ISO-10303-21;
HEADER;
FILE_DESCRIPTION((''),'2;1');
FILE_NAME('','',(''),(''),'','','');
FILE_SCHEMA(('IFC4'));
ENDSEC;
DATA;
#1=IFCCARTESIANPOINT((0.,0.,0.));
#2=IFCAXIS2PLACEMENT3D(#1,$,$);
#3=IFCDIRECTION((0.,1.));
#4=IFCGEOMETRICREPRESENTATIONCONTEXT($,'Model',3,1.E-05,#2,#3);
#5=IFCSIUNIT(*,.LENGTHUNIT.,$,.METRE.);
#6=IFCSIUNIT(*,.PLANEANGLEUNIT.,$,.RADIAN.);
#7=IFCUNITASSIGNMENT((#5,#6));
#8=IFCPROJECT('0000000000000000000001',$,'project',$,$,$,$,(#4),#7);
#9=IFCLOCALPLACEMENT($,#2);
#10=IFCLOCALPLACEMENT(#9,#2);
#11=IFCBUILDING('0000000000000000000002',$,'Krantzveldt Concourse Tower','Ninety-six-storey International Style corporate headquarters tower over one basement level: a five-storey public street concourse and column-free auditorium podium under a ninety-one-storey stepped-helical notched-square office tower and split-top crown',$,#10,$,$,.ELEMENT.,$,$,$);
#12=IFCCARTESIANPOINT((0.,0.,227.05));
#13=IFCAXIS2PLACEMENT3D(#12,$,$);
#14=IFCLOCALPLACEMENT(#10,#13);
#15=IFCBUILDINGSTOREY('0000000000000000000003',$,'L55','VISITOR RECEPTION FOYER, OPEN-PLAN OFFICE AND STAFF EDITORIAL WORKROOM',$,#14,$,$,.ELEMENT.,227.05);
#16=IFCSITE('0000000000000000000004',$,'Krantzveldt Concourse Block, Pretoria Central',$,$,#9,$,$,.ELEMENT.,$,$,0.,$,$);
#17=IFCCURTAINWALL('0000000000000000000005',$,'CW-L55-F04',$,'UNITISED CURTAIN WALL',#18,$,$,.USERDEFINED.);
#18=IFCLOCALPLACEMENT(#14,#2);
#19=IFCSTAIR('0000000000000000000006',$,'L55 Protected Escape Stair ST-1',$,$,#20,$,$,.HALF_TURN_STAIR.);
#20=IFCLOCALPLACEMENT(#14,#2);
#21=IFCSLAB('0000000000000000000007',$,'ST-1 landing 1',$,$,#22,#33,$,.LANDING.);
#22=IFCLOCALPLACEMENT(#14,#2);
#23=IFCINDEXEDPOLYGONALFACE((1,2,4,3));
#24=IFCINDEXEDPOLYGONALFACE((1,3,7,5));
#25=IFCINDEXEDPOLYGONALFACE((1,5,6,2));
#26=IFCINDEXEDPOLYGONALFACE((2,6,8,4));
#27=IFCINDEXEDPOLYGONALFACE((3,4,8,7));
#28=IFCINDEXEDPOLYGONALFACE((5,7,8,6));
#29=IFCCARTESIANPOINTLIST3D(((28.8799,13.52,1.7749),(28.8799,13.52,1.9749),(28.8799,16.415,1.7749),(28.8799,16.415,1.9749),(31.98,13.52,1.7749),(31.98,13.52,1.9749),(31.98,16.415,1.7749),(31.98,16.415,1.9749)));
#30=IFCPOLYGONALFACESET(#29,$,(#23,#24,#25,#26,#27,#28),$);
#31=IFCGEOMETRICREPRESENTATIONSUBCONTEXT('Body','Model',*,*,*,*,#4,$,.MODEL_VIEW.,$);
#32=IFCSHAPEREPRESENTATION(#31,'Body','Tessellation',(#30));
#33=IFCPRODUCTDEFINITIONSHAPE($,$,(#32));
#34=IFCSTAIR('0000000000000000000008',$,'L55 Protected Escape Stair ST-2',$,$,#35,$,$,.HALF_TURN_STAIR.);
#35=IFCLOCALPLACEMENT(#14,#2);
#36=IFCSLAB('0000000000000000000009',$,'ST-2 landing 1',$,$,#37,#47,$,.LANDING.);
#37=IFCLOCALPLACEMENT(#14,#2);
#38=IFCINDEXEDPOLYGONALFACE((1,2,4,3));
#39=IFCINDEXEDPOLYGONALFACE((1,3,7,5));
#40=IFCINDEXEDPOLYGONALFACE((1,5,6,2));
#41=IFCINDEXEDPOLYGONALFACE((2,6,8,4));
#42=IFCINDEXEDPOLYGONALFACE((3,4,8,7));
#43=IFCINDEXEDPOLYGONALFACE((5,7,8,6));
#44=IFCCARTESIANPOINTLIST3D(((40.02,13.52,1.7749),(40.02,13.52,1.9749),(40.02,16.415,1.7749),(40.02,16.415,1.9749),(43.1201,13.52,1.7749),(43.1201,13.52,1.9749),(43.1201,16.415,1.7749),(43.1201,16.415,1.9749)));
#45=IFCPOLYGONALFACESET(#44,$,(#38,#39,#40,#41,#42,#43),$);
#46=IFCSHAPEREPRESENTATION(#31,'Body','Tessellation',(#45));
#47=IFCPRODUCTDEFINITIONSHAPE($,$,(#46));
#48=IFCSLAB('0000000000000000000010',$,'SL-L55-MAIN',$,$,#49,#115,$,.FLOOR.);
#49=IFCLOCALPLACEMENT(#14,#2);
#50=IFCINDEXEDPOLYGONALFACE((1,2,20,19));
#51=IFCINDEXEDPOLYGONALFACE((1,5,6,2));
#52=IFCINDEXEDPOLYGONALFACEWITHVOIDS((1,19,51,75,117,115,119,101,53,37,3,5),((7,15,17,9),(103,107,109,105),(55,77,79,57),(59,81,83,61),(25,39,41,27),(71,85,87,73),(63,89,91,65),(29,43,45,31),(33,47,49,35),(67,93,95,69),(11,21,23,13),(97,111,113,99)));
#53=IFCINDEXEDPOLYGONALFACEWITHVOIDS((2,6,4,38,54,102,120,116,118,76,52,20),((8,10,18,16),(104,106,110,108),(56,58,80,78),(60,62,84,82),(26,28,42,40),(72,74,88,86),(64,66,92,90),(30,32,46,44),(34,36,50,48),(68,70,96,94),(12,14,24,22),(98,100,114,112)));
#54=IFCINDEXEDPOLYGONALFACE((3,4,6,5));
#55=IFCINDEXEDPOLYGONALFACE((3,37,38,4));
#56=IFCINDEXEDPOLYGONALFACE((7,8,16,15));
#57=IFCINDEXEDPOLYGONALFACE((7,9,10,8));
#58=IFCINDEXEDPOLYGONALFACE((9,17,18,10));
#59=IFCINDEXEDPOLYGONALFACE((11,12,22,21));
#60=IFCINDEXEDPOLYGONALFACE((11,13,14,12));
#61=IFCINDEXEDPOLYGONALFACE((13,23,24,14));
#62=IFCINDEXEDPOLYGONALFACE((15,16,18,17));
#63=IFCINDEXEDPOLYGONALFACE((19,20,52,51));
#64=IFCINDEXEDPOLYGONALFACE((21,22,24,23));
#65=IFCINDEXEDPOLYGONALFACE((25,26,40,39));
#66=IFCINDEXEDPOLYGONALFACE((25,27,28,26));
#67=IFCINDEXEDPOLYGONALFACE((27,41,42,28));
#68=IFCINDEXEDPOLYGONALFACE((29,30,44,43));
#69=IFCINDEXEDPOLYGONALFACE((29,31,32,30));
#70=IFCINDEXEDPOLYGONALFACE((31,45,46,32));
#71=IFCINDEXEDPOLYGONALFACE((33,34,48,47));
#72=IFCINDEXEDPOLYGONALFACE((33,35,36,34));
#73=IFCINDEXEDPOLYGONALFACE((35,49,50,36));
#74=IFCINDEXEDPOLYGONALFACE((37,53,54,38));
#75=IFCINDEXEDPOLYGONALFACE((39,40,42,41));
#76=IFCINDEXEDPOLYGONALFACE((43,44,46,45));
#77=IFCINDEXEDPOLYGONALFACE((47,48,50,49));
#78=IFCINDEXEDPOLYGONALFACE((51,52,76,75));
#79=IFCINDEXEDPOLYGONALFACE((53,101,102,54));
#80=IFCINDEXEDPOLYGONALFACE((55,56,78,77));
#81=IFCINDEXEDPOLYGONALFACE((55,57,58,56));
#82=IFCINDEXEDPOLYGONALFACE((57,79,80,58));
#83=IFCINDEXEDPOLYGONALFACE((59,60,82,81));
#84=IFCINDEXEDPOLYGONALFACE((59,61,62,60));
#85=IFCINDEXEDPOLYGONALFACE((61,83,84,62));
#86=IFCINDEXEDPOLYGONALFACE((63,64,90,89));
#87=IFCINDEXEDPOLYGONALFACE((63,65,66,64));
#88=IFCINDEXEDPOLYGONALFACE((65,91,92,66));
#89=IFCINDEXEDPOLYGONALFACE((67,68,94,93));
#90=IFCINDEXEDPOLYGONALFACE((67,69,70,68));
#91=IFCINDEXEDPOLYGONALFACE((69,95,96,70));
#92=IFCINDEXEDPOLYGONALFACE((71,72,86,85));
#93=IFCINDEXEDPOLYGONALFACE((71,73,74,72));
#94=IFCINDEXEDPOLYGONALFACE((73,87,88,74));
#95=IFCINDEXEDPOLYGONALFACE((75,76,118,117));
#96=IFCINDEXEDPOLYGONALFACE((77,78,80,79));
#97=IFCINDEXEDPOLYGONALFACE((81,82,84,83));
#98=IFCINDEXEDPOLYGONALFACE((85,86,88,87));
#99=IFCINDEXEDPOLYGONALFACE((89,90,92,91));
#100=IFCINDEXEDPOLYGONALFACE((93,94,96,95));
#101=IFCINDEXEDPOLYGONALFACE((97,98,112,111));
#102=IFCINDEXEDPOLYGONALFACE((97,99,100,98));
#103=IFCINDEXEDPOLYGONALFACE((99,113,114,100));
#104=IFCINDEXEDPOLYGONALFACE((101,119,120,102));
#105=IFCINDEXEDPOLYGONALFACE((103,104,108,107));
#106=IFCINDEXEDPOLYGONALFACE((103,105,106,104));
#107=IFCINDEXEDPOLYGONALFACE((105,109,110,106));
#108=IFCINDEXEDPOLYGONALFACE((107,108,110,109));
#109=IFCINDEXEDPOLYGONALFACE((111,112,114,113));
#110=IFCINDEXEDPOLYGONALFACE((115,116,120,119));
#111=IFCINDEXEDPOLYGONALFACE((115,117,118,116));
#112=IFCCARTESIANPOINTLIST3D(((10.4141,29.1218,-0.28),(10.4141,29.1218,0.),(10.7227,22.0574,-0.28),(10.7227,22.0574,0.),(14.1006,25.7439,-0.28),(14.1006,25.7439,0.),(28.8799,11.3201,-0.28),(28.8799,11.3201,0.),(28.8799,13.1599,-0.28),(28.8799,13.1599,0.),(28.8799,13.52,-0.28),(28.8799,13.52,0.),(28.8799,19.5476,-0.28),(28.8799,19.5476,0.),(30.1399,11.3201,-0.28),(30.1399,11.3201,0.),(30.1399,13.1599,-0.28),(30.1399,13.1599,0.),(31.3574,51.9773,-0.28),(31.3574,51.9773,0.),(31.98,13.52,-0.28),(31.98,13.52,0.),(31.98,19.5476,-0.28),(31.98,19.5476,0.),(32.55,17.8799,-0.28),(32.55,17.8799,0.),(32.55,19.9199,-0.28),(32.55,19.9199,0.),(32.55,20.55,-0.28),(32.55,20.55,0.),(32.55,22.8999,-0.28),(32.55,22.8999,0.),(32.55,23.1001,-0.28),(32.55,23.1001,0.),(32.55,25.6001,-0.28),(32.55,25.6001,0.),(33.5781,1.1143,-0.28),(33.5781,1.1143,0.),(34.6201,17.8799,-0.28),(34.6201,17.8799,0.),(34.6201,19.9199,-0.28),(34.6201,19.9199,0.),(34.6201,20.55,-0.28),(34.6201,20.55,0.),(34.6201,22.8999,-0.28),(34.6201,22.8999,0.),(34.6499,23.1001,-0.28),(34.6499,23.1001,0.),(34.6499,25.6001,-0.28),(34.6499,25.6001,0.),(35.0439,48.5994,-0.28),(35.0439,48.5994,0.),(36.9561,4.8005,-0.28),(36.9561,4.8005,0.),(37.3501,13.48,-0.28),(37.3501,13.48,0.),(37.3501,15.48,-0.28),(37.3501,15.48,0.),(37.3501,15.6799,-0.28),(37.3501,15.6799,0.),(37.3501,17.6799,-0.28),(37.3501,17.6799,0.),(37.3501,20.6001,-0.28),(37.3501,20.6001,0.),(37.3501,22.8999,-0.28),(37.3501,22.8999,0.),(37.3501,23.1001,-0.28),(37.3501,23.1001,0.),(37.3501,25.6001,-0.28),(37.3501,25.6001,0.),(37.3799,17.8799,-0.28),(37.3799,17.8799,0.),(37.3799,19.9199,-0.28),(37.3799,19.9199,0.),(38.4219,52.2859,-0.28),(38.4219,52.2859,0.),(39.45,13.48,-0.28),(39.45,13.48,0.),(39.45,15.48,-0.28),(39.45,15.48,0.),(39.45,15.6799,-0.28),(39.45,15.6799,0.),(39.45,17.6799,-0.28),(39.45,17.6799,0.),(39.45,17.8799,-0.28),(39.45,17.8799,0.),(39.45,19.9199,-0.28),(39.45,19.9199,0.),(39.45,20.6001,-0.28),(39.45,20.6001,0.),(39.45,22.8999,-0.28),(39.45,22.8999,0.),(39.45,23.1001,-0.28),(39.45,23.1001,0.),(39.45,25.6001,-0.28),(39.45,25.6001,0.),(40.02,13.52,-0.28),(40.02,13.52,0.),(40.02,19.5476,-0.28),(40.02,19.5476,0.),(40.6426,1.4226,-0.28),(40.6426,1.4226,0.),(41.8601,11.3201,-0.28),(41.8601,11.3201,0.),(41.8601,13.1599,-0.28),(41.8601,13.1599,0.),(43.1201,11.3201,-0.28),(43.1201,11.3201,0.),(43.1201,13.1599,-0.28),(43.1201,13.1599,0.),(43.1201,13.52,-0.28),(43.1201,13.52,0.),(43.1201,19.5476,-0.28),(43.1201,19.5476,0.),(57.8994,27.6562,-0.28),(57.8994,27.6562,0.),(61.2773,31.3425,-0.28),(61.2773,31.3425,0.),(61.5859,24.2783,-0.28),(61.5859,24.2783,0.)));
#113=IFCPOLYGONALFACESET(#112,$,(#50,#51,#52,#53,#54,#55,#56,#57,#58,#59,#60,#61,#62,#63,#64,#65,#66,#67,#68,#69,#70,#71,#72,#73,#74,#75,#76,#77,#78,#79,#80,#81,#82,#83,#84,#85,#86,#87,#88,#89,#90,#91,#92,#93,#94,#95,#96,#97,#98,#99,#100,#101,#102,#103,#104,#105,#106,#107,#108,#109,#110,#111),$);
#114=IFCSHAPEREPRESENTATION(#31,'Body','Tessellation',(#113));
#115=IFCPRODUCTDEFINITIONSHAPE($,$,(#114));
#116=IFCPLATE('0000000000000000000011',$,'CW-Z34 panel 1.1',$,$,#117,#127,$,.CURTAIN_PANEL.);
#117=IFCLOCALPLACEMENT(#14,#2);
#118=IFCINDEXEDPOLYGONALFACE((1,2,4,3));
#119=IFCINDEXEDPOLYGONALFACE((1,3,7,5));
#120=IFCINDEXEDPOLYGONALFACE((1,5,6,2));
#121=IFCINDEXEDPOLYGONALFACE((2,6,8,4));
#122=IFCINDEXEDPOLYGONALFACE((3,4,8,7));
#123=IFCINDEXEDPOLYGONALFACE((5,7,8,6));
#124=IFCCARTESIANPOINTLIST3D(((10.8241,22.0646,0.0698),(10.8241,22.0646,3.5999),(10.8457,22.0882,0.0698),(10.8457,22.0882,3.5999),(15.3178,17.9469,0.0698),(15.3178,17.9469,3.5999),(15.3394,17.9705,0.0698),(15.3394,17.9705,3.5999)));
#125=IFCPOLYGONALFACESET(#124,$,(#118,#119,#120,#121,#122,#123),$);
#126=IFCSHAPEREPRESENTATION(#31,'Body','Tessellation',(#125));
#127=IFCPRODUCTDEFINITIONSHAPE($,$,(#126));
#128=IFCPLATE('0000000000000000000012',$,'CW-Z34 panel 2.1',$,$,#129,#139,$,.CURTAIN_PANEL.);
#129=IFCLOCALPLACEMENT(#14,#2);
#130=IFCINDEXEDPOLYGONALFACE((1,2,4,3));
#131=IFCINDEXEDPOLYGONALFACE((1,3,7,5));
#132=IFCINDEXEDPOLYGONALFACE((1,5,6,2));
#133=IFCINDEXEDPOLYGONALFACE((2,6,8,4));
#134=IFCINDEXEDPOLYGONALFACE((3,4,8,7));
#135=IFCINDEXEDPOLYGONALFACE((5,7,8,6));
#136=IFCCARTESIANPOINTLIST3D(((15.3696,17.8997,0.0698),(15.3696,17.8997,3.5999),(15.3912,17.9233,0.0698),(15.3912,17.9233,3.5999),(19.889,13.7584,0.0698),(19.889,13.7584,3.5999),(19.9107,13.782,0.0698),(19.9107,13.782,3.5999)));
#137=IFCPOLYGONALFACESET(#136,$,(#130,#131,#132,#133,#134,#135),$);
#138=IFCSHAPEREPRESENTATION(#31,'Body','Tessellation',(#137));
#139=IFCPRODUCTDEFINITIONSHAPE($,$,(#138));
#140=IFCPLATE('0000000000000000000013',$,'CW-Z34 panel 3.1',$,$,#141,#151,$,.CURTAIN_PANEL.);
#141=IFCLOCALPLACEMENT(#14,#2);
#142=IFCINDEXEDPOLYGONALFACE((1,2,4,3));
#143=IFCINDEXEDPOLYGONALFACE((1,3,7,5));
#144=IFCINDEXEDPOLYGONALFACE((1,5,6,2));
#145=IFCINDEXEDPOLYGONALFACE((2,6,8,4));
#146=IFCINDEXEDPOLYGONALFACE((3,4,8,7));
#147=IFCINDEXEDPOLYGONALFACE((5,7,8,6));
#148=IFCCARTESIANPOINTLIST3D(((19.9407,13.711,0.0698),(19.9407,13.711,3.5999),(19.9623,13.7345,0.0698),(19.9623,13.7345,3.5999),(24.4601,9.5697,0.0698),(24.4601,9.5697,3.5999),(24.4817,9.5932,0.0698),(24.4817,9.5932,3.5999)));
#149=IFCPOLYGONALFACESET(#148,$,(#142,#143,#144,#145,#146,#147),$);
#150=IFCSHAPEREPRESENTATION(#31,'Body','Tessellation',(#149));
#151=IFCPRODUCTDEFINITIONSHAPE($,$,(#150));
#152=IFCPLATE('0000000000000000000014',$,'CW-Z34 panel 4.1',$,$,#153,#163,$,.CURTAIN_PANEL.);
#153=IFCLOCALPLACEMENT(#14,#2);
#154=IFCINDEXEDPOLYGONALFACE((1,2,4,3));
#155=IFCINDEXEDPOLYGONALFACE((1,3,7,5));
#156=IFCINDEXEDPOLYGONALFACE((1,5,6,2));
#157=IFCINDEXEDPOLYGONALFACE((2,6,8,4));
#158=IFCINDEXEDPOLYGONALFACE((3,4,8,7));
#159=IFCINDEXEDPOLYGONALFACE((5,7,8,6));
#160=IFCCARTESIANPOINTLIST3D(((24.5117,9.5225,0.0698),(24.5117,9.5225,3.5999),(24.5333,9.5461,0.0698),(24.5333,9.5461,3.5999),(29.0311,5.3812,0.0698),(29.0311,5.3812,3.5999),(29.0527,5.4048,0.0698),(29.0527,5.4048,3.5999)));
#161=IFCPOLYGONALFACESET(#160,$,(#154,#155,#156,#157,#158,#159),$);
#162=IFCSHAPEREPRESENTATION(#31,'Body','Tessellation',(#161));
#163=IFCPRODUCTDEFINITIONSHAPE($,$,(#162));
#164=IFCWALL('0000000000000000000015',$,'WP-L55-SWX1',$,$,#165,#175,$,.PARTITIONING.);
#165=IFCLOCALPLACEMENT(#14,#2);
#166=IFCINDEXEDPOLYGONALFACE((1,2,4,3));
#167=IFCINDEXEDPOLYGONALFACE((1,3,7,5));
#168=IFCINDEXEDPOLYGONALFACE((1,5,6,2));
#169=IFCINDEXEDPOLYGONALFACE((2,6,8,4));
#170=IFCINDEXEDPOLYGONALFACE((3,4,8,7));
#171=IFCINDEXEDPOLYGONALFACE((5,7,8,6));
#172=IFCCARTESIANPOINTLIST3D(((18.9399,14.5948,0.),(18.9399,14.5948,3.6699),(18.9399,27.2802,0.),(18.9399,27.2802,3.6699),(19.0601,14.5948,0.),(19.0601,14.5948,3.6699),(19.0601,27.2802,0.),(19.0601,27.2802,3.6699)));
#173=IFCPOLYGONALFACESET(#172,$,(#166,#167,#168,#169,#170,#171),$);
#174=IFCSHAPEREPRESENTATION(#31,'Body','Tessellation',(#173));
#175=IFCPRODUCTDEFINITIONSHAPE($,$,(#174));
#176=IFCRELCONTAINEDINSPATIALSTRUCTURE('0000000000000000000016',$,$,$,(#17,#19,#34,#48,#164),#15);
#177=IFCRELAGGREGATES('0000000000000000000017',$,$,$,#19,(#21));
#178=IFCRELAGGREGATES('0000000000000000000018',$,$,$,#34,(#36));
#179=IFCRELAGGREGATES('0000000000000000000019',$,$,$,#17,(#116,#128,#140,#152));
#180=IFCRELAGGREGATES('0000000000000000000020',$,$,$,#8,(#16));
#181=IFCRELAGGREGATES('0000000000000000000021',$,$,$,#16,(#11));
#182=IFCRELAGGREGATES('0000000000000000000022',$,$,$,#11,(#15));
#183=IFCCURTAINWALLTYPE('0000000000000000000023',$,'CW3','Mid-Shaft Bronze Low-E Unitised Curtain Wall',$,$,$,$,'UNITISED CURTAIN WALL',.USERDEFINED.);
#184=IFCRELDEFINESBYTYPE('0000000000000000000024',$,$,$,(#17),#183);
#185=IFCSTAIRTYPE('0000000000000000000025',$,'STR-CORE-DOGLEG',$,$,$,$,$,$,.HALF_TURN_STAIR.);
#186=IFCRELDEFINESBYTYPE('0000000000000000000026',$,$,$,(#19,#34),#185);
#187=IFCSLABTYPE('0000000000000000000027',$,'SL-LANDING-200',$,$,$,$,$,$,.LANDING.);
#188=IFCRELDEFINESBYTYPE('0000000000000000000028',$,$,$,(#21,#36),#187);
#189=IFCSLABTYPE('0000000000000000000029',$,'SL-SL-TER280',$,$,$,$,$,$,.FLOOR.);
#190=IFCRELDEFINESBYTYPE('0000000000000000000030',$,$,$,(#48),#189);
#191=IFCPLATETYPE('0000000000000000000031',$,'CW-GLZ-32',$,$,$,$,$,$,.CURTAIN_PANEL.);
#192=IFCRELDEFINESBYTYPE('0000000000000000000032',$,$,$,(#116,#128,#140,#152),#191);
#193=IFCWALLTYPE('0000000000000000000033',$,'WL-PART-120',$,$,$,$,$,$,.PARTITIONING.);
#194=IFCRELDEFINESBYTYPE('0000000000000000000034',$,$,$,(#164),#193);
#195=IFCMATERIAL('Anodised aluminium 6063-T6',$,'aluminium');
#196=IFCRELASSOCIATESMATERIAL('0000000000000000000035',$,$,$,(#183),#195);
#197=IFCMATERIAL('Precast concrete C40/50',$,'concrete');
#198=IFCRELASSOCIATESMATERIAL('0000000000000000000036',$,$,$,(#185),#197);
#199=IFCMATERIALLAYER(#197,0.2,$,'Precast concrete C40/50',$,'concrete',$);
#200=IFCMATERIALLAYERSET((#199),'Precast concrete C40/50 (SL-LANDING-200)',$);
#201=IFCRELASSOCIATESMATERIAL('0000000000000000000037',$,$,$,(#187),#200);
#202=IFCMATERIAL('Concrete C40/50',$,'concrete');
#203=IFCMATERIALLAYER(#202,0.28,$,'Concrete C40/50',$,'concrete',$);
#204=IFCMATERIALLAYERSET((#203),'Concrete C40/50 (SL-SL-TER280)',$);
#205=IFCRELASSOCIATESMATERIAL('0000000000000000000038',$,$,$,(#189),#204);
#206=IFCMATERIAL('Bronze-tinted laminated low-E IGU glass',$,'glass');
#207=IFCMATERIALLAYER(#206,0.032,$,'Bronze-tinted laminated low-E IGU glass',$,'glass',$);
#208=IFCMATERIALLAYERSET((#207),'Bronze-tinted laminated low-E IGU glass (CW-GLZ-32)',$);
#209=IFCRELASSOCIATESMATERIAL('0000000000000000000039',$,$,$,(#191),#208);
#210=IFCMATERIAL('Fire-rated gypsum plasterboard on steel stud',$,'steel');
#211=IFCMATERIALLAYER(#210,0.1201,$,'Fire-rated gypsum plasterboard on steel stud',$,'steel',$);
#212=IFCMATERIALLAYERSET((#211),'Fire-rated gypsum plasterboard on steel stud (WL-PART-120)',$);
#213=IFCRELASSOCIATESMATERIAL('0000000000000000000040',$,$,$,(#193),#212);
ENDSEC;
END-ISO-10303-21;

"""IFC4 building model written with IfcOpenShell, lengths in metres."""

from ifc_helpers import new_model, si_unit, direction, frame, frame_2d, origin, origin_2d, place, context, subcontext, project, spatial, polyline, rectangle, outline, extrude, source, transform, mapped, material, layer, layer_set, type_object, type_shapes, element, aggregate, save


model = new_model("IFC4")

# Units and contexts
model_context = context("Model", 3, precision=1e-05, world=origin(), true_north=direction((0.0, 1.0)))
body_context = subcontext(model_context, "Body", "Model", "MODEL_VIEW")
ifc_project = project(units=[si_unit("LENGTHUNIT", "METRE"), si_unit("PLANEANGLEUNIT", "RADIAN")], contexts=[model_context])

# Site, building, storey
site_placement = place(None, origin())
site = spatial("IfcSite", under=ifc_project, at=site_placement, Name="Krantzveldt Concourse Block, Pretoria Central", CompositionType="ELEMENT", RefElevation=0.0)
building_placement = place(site_placement, origin())
building = spatial("IfcBuilding", under=site, at=building_placement, Name="Krantzveldt Concourse Tower", Description="Ninety-six-storey International Style corporate headquarters tower over one basement level: a five-storey public street concourse and column-free auditorium podium under a ninety-one-storey stepped-helical notched-square office tower and split-top crown", CompositionType="ELEMENT")
storey_placement = place(building_placement, frame((0.0, 0.0, 227.05)))
storey = spatial("IfcBuildingStorey", under=building, at=storey_placement, Name="L55", Description="VISITOR RECEPTION FOYER, OPEN-PLAN OFFICE AND STAFF EDITORIAL WORKROOM", CompositionType="ELEMENT", Elevation=227.05)

# Curtain wall
ifc_material_1 = material(Name="Anodised aluminium 6063-T6", Category="aluminium")
curtain_wall_type = type_object("IfcCurtainWallType", Name="CW3", Description="Mid-Shaft Bronze Low-E Unitised Curtain Wall", ElementType="UNITISED CURTAIN WALL", PredefinedType="USERDEFINED", material=ifc_material_1)
curtain_wall_placement = place(storey_placement, origin())
curtain_wall = element("IfcCurtainWall", 1, at=curtain_wall_placement, inside=storey, type_object=curtain_wall_type, Name="CW-L55-F04", ObjectType="UNITISED CURTAIN WALL", PredefinedType="USERDEFINED")

# Stairs, slabs
ifc_material_2 = material(Name="Precast concrete C40/50", Category="concrete")
stair_type = type_object("IfcStairType", Name="STR-CORE-DOGLEG", PredefinedType="HALF_TURN_STAIR", material=ifc_material_2)
stair_1_placement = place(storey_placement, origin())
stair_1 = element("IfcStair", 2, at=stair_1_placement, inside=storey, type_object=stair_type, Name="L55 Protected Escape Stair ST-1", PredefinedType="HALF_TURN_STAIR")
ifc_layer_1 = layer(ifc_material_2, 0.2, Name="Precast concrete C40/50", Category="concrete")
ifc_layer_set_1 = layer_set([ifc_layer_1], Name="Precast concrete C40/50 (SL-LANDING-200)")
slab_type_1 = type_object("IfcSlabType", Name="SL-LANDING-200", PredefinedType="LANDING", material=ifc_layer_set_1)
slab_1_placement = place(storey_placement, frame((0.0, 0.0, 1.7749)))
slab_1 = element("IfcSlab", 3, at=slab_1_placement, type_object=slab_type_1, Name="ST-1 landing 1", PredefinedType="LANDING", context=body_context, shape_type="SweptSolid", body=[
    extrude(outline(polyline([(28.8799, 16.415), (28.8799, 13.52), (31.98, 13.52), (31.98, 16.415), (28.8799, 16.415)])), origin(), (0.0, 0.0, 1.0), 0.2),
])
aggregate(stair_1, [slab_1])
stair_2_placement = place(storey_placement, origin())
stair_2 = element("IfcStair", 4, at=stair_2_placement, inside=storey, type_object=stair_type, Name="L55 Protected Escape Stair ST-2", PredefinedType="HALF_TURN_STAIR")
slab_2_placement = place(storey_placement, frame((0.0, 0.0, 1.7749)))
slab_2 = element("IfcSlab", 5, at=slab_2_placement, type_object=slab_type_1, Name="ST-2 landing 1", PredefinedType="LANDING", context=body_context, shape_type="SweptSolid", body=[
    extrude(outline(polyline([(40.02, 16.415), (40.02, 13.52), (43.1201, 13.52), (43.1201, 16.415), (40.02, 16.415)])), origin(), (0.0, 0.0, 1.0), 0.2),
])
aggregate(stair_2, [slab_2])

# Slab
ifc_material_3 = material(Name="Concrete C40/50", Category="concrete")
ifc_layer_2 = layer(ifc_material_3, 0.28, Name="Concrete C40/50", Category="concrete")
ifc_layer_set_2 = layer_set([ifc_layer_2], Name="Concrete C40/50 (SL-SL-TER280)")
slab_type_2 = type_object("IfcSlabType", Name="SL-SL-TER280", PredefinedType="FLOOR", material=ifc_layer_set_2)
slab_3_placement = place(storey_placement, frame((0.0, 0.0, -0.28)))
element("IfcSlab", 6, at=slab_3_placement, inside=storey, type_object=slab_type_2, Name="SL-L55-MAIN", PredefinedType="FLOOR", context=body_context, shape_type="SweptSolid", body=[
    extrude(outline(polyline([(35.0439, 48.5994), (31.3574, 51.9773), (10.4141, 29.1218), (14.1006, 25.7439), (10.7227, 22.0574), (33.5781, 1.1143), (36.9561, 4.8005), (40.6426, 1.4226), (61.5859, 24.2783), (57.8994, 27.6562), (61.2773, 31.3425), (38.4219, 52.2859), (35.0439, 48.5994)]), holes=[polyline([(28.8799, 19.5476), (28.8799, 13.52), (31.98, 13.52), (31.98, 19.5476), (28.8799, 19.5476)]), polyline([(40.02, 19.5476), (40.02, 13.52), (43.1201, 13.52), (43.1201, 19.5476), (40.02, 19.5476)]), polyline([(32.55, 23.1001), (34.6499, 23.1001), (34.6499, 25.6001), (32.55, 25.6001), (32.55, 23.1001)]), polyline([(37.3501, 23.1001), (39.45, 23.1001), (39.45, 25.6001), (37.3501, 25.6001), (37.3501, 23.1001)]), polyline([(37.3501, 20.6001), (39.45, 20.6001), (39.45, 22.8999), (37.3501, 22.8999), (37.3501, 20.6001)]), polyline([(37.3501, 13.48), (39.45, 13.48), (39.45, 15.48), (37.3501, 15.48), (37.3501, 13.48)]), polyline([(37.3501, 15.6799), (39.45, 15.6799), (39.45, 17.6799), (37.3501, 17.6799), (37.3501, 15.6799)]), polyline([(32.55, 20.55), (34.6201, 20.55), (34.6201, 22.8999), (32.55, 22.8999), (32.55, 20.55)]), polyline([(32.55, 17.8799), (34.6201, 17.8799), (34.6201, 19.9199), (32.55, 19.9199), (32.55, 17.8799)]), polyline([(37.3799, 17.8799), (39.45, 17.8799), (39.45, 19.9199), (37.3799, 19.9199), (37.3799, 17.8799)]), polyline([(28.8799, 11.3201), (30.1399, 11.3201), (30.1399, 13.1599), (28.8799, 13.1599), (28.8799, 11.3201)]), polyline([(41.8601, 11.3201), (43.1201, 11.3201), (43.1201, 13.1599), (41.8601, 13.1599), (41.8601, 11.3201)])]), origin(), (0.0, 0.0, 1.0), 0.28),
])

# Plates
ifc_material_4 = material(Name="Bronze-tinted laminated low-E IGU glass", Category="glass")
ifc_layer_3 = layer(ifc_material_4, 0.032, Name="Bronze-tinted laminated low-E IGU glass", Category="glass")
ifc_layer_set_3 = layer_set([ifc_layer_3], Name="Bronze-tinted laminated low-E IGU glass (CW-GLZ-32)")
plate_type = type_object("IfcPlateType", Name="CW-GLZ-32", PredefinedType="CURTAIN_PANEL", material=ifc_layer_set_3)
shared_shape_1 = source(origin(), body_context, "Body", "SweptSolid", [
    extrude(rectangle(XDim=6.095, YDim=0.032, at=origin_2d()), origin(), (0.0, 0.0, 1.0), 3.53),
])
plate_1_placement = place(storey_placement, frame((13.0818, 20.0176, 0.0698), z_axis=(0.0, 0.0, 1.0), x_axis=(0.737277, -0.67559, 0.0)))
plate_1 = element("IfcPlate", 7, at=plate_1_placement, type_object=plate_type, Name="CW-Z34 panel 1.1", PredefinedType="CURTAIN_PANEL", context=body_context, shape_type="MappedRepresentation", body=[
    mapped(shared_shape_1, transform((0.0, 0.0, 0.0), x_axis=(1.0, 0.0, 0.0), y_axis=(0.0, 1.0, 0.0), z_axis=(0.0, 0.0, 1.0), scale=1.0)),
])
shared_shape_2 = source(origin(), body_context, "Body", "SweptSolid", [
    extrude(rectangle(XDim=6.1299, YDim=0.032, at=origin_2d()), origin(), (0.0, 0.0, 1.0), 3.53),
])
type_shapes(plate_type, [shared_shape_1, shared_shape_2])
plate_2_placement = place(storey_placement, frame((17.6401, 15.8408, 0.0698), z_axis=(0.0, 0.0, 1.0), x_axis=(0.737277, -0.67559, 0.0)))
plate_2 = element("IfcPlate", 8, at=plate_2_placement, type_object=plate_type, Name="CW-Z34 panel 2.1", PredefinedType="CURTAIN_PANEL", context=body_context, shape_type="MappedRepresentation", body=[
    mapped(shared_shape_2, transform((0.0, 0.0, 0.0), x_axis=(1.0, 0.0, 0.0), y_axis=(0.0, 1.0, 0.0), z_axis=(0.0, 0.0, 1.0), scale=1.0)),
])
plate_3_placement = place(storey_placement, frame((22.2112, 11.6521, 0.0698), z_axis=(0.0, 0.0, 1.0), x_axis=(0.737277, -0.67559, 0.0)))
plate_3 = element("IfcPlate", 9, at=plate_3_placement, type_object=plate_type, Name="CW-Z34 panel 3.1", PredefinedType="CURTAIN_PANEL", context=body_context, shape_type="MappedRepresentation", body=[
    mapped(shared_shape_2, transform((0.0, 0.0, 0.0), x_axis=(1.0, 0.0, 0.0), y_axis=(0.0, 1.0, 0.0), z_axis=(0.0, 0.0, 1.0), scale=1.0)),
])
plate_4_placement = place(storey_placement, frame((26.7822, 7.4636, 0.0698), z_axis=(0.0, 0.0, 1.0), x_axis=(0.737277, -0.67559, 0.0)))
plate_4 = element("IfcPlate", 10, at=plate_4_placement, type_object=plate_type, Name="CW-Z34 panel 4.1", PredefinedType="CURTAIN_PANEL", context=body_context, shape_type="MappedRepresentation", body=[
    mapped(shared_shape_2, transform((0.0, 0.0, 0.0), x_axis=(1.0, 0.0, 0.0), y_axis=(0.0, 1.0, 0.0), z_axis=(0.0, 0.0, 1.0), scale=1.0)),
])
aggregate(curtain_wall, [plate_1, plate_2, plate_3, plate_4])

# Wall
ifc_material_5 = material(Name="Fire-rated gypsum plasterboard on steel stud", Category="steel")
ifc_layer_4 = layer(ifc_material_5, 0.1201, Name="Fire-rated gypsum plasterboard on steel stud", Category="steel")
ifc_layer_set_4 = layer_set([ifc_layer_4], Name="Fire-rated gypsum plasterboard on steel stud (WL-PART-120)")
wall_type = type_object("IfcWallType", Name="WL-PART-120", PredefinedType="PARTITIONING", material=ifc_layer_set_4)
wall_1_placement = place(storey_placement, frame((19.0, 14.5947, 0.0), z_axis=(0.0, 0.0, 1.0), x_axis=(0.0, 1.0, 0.0)))
element("IfcWall", 11, at=wall_1_placement, inside=storey, type_object=wall_type, Name="WP-L55-SWX1", PredefinedType="PARTITIONING", context=body_context, shape_type="SweptSolid", body=[
    extrude(rectangle(XDim=12.6853, YDim=0.1201, at=frame_2d((6.3428, 0.0))), origin(), (0.0, 0.0, 1.0), 3.6699),
])

save(model, "model.ifc")
